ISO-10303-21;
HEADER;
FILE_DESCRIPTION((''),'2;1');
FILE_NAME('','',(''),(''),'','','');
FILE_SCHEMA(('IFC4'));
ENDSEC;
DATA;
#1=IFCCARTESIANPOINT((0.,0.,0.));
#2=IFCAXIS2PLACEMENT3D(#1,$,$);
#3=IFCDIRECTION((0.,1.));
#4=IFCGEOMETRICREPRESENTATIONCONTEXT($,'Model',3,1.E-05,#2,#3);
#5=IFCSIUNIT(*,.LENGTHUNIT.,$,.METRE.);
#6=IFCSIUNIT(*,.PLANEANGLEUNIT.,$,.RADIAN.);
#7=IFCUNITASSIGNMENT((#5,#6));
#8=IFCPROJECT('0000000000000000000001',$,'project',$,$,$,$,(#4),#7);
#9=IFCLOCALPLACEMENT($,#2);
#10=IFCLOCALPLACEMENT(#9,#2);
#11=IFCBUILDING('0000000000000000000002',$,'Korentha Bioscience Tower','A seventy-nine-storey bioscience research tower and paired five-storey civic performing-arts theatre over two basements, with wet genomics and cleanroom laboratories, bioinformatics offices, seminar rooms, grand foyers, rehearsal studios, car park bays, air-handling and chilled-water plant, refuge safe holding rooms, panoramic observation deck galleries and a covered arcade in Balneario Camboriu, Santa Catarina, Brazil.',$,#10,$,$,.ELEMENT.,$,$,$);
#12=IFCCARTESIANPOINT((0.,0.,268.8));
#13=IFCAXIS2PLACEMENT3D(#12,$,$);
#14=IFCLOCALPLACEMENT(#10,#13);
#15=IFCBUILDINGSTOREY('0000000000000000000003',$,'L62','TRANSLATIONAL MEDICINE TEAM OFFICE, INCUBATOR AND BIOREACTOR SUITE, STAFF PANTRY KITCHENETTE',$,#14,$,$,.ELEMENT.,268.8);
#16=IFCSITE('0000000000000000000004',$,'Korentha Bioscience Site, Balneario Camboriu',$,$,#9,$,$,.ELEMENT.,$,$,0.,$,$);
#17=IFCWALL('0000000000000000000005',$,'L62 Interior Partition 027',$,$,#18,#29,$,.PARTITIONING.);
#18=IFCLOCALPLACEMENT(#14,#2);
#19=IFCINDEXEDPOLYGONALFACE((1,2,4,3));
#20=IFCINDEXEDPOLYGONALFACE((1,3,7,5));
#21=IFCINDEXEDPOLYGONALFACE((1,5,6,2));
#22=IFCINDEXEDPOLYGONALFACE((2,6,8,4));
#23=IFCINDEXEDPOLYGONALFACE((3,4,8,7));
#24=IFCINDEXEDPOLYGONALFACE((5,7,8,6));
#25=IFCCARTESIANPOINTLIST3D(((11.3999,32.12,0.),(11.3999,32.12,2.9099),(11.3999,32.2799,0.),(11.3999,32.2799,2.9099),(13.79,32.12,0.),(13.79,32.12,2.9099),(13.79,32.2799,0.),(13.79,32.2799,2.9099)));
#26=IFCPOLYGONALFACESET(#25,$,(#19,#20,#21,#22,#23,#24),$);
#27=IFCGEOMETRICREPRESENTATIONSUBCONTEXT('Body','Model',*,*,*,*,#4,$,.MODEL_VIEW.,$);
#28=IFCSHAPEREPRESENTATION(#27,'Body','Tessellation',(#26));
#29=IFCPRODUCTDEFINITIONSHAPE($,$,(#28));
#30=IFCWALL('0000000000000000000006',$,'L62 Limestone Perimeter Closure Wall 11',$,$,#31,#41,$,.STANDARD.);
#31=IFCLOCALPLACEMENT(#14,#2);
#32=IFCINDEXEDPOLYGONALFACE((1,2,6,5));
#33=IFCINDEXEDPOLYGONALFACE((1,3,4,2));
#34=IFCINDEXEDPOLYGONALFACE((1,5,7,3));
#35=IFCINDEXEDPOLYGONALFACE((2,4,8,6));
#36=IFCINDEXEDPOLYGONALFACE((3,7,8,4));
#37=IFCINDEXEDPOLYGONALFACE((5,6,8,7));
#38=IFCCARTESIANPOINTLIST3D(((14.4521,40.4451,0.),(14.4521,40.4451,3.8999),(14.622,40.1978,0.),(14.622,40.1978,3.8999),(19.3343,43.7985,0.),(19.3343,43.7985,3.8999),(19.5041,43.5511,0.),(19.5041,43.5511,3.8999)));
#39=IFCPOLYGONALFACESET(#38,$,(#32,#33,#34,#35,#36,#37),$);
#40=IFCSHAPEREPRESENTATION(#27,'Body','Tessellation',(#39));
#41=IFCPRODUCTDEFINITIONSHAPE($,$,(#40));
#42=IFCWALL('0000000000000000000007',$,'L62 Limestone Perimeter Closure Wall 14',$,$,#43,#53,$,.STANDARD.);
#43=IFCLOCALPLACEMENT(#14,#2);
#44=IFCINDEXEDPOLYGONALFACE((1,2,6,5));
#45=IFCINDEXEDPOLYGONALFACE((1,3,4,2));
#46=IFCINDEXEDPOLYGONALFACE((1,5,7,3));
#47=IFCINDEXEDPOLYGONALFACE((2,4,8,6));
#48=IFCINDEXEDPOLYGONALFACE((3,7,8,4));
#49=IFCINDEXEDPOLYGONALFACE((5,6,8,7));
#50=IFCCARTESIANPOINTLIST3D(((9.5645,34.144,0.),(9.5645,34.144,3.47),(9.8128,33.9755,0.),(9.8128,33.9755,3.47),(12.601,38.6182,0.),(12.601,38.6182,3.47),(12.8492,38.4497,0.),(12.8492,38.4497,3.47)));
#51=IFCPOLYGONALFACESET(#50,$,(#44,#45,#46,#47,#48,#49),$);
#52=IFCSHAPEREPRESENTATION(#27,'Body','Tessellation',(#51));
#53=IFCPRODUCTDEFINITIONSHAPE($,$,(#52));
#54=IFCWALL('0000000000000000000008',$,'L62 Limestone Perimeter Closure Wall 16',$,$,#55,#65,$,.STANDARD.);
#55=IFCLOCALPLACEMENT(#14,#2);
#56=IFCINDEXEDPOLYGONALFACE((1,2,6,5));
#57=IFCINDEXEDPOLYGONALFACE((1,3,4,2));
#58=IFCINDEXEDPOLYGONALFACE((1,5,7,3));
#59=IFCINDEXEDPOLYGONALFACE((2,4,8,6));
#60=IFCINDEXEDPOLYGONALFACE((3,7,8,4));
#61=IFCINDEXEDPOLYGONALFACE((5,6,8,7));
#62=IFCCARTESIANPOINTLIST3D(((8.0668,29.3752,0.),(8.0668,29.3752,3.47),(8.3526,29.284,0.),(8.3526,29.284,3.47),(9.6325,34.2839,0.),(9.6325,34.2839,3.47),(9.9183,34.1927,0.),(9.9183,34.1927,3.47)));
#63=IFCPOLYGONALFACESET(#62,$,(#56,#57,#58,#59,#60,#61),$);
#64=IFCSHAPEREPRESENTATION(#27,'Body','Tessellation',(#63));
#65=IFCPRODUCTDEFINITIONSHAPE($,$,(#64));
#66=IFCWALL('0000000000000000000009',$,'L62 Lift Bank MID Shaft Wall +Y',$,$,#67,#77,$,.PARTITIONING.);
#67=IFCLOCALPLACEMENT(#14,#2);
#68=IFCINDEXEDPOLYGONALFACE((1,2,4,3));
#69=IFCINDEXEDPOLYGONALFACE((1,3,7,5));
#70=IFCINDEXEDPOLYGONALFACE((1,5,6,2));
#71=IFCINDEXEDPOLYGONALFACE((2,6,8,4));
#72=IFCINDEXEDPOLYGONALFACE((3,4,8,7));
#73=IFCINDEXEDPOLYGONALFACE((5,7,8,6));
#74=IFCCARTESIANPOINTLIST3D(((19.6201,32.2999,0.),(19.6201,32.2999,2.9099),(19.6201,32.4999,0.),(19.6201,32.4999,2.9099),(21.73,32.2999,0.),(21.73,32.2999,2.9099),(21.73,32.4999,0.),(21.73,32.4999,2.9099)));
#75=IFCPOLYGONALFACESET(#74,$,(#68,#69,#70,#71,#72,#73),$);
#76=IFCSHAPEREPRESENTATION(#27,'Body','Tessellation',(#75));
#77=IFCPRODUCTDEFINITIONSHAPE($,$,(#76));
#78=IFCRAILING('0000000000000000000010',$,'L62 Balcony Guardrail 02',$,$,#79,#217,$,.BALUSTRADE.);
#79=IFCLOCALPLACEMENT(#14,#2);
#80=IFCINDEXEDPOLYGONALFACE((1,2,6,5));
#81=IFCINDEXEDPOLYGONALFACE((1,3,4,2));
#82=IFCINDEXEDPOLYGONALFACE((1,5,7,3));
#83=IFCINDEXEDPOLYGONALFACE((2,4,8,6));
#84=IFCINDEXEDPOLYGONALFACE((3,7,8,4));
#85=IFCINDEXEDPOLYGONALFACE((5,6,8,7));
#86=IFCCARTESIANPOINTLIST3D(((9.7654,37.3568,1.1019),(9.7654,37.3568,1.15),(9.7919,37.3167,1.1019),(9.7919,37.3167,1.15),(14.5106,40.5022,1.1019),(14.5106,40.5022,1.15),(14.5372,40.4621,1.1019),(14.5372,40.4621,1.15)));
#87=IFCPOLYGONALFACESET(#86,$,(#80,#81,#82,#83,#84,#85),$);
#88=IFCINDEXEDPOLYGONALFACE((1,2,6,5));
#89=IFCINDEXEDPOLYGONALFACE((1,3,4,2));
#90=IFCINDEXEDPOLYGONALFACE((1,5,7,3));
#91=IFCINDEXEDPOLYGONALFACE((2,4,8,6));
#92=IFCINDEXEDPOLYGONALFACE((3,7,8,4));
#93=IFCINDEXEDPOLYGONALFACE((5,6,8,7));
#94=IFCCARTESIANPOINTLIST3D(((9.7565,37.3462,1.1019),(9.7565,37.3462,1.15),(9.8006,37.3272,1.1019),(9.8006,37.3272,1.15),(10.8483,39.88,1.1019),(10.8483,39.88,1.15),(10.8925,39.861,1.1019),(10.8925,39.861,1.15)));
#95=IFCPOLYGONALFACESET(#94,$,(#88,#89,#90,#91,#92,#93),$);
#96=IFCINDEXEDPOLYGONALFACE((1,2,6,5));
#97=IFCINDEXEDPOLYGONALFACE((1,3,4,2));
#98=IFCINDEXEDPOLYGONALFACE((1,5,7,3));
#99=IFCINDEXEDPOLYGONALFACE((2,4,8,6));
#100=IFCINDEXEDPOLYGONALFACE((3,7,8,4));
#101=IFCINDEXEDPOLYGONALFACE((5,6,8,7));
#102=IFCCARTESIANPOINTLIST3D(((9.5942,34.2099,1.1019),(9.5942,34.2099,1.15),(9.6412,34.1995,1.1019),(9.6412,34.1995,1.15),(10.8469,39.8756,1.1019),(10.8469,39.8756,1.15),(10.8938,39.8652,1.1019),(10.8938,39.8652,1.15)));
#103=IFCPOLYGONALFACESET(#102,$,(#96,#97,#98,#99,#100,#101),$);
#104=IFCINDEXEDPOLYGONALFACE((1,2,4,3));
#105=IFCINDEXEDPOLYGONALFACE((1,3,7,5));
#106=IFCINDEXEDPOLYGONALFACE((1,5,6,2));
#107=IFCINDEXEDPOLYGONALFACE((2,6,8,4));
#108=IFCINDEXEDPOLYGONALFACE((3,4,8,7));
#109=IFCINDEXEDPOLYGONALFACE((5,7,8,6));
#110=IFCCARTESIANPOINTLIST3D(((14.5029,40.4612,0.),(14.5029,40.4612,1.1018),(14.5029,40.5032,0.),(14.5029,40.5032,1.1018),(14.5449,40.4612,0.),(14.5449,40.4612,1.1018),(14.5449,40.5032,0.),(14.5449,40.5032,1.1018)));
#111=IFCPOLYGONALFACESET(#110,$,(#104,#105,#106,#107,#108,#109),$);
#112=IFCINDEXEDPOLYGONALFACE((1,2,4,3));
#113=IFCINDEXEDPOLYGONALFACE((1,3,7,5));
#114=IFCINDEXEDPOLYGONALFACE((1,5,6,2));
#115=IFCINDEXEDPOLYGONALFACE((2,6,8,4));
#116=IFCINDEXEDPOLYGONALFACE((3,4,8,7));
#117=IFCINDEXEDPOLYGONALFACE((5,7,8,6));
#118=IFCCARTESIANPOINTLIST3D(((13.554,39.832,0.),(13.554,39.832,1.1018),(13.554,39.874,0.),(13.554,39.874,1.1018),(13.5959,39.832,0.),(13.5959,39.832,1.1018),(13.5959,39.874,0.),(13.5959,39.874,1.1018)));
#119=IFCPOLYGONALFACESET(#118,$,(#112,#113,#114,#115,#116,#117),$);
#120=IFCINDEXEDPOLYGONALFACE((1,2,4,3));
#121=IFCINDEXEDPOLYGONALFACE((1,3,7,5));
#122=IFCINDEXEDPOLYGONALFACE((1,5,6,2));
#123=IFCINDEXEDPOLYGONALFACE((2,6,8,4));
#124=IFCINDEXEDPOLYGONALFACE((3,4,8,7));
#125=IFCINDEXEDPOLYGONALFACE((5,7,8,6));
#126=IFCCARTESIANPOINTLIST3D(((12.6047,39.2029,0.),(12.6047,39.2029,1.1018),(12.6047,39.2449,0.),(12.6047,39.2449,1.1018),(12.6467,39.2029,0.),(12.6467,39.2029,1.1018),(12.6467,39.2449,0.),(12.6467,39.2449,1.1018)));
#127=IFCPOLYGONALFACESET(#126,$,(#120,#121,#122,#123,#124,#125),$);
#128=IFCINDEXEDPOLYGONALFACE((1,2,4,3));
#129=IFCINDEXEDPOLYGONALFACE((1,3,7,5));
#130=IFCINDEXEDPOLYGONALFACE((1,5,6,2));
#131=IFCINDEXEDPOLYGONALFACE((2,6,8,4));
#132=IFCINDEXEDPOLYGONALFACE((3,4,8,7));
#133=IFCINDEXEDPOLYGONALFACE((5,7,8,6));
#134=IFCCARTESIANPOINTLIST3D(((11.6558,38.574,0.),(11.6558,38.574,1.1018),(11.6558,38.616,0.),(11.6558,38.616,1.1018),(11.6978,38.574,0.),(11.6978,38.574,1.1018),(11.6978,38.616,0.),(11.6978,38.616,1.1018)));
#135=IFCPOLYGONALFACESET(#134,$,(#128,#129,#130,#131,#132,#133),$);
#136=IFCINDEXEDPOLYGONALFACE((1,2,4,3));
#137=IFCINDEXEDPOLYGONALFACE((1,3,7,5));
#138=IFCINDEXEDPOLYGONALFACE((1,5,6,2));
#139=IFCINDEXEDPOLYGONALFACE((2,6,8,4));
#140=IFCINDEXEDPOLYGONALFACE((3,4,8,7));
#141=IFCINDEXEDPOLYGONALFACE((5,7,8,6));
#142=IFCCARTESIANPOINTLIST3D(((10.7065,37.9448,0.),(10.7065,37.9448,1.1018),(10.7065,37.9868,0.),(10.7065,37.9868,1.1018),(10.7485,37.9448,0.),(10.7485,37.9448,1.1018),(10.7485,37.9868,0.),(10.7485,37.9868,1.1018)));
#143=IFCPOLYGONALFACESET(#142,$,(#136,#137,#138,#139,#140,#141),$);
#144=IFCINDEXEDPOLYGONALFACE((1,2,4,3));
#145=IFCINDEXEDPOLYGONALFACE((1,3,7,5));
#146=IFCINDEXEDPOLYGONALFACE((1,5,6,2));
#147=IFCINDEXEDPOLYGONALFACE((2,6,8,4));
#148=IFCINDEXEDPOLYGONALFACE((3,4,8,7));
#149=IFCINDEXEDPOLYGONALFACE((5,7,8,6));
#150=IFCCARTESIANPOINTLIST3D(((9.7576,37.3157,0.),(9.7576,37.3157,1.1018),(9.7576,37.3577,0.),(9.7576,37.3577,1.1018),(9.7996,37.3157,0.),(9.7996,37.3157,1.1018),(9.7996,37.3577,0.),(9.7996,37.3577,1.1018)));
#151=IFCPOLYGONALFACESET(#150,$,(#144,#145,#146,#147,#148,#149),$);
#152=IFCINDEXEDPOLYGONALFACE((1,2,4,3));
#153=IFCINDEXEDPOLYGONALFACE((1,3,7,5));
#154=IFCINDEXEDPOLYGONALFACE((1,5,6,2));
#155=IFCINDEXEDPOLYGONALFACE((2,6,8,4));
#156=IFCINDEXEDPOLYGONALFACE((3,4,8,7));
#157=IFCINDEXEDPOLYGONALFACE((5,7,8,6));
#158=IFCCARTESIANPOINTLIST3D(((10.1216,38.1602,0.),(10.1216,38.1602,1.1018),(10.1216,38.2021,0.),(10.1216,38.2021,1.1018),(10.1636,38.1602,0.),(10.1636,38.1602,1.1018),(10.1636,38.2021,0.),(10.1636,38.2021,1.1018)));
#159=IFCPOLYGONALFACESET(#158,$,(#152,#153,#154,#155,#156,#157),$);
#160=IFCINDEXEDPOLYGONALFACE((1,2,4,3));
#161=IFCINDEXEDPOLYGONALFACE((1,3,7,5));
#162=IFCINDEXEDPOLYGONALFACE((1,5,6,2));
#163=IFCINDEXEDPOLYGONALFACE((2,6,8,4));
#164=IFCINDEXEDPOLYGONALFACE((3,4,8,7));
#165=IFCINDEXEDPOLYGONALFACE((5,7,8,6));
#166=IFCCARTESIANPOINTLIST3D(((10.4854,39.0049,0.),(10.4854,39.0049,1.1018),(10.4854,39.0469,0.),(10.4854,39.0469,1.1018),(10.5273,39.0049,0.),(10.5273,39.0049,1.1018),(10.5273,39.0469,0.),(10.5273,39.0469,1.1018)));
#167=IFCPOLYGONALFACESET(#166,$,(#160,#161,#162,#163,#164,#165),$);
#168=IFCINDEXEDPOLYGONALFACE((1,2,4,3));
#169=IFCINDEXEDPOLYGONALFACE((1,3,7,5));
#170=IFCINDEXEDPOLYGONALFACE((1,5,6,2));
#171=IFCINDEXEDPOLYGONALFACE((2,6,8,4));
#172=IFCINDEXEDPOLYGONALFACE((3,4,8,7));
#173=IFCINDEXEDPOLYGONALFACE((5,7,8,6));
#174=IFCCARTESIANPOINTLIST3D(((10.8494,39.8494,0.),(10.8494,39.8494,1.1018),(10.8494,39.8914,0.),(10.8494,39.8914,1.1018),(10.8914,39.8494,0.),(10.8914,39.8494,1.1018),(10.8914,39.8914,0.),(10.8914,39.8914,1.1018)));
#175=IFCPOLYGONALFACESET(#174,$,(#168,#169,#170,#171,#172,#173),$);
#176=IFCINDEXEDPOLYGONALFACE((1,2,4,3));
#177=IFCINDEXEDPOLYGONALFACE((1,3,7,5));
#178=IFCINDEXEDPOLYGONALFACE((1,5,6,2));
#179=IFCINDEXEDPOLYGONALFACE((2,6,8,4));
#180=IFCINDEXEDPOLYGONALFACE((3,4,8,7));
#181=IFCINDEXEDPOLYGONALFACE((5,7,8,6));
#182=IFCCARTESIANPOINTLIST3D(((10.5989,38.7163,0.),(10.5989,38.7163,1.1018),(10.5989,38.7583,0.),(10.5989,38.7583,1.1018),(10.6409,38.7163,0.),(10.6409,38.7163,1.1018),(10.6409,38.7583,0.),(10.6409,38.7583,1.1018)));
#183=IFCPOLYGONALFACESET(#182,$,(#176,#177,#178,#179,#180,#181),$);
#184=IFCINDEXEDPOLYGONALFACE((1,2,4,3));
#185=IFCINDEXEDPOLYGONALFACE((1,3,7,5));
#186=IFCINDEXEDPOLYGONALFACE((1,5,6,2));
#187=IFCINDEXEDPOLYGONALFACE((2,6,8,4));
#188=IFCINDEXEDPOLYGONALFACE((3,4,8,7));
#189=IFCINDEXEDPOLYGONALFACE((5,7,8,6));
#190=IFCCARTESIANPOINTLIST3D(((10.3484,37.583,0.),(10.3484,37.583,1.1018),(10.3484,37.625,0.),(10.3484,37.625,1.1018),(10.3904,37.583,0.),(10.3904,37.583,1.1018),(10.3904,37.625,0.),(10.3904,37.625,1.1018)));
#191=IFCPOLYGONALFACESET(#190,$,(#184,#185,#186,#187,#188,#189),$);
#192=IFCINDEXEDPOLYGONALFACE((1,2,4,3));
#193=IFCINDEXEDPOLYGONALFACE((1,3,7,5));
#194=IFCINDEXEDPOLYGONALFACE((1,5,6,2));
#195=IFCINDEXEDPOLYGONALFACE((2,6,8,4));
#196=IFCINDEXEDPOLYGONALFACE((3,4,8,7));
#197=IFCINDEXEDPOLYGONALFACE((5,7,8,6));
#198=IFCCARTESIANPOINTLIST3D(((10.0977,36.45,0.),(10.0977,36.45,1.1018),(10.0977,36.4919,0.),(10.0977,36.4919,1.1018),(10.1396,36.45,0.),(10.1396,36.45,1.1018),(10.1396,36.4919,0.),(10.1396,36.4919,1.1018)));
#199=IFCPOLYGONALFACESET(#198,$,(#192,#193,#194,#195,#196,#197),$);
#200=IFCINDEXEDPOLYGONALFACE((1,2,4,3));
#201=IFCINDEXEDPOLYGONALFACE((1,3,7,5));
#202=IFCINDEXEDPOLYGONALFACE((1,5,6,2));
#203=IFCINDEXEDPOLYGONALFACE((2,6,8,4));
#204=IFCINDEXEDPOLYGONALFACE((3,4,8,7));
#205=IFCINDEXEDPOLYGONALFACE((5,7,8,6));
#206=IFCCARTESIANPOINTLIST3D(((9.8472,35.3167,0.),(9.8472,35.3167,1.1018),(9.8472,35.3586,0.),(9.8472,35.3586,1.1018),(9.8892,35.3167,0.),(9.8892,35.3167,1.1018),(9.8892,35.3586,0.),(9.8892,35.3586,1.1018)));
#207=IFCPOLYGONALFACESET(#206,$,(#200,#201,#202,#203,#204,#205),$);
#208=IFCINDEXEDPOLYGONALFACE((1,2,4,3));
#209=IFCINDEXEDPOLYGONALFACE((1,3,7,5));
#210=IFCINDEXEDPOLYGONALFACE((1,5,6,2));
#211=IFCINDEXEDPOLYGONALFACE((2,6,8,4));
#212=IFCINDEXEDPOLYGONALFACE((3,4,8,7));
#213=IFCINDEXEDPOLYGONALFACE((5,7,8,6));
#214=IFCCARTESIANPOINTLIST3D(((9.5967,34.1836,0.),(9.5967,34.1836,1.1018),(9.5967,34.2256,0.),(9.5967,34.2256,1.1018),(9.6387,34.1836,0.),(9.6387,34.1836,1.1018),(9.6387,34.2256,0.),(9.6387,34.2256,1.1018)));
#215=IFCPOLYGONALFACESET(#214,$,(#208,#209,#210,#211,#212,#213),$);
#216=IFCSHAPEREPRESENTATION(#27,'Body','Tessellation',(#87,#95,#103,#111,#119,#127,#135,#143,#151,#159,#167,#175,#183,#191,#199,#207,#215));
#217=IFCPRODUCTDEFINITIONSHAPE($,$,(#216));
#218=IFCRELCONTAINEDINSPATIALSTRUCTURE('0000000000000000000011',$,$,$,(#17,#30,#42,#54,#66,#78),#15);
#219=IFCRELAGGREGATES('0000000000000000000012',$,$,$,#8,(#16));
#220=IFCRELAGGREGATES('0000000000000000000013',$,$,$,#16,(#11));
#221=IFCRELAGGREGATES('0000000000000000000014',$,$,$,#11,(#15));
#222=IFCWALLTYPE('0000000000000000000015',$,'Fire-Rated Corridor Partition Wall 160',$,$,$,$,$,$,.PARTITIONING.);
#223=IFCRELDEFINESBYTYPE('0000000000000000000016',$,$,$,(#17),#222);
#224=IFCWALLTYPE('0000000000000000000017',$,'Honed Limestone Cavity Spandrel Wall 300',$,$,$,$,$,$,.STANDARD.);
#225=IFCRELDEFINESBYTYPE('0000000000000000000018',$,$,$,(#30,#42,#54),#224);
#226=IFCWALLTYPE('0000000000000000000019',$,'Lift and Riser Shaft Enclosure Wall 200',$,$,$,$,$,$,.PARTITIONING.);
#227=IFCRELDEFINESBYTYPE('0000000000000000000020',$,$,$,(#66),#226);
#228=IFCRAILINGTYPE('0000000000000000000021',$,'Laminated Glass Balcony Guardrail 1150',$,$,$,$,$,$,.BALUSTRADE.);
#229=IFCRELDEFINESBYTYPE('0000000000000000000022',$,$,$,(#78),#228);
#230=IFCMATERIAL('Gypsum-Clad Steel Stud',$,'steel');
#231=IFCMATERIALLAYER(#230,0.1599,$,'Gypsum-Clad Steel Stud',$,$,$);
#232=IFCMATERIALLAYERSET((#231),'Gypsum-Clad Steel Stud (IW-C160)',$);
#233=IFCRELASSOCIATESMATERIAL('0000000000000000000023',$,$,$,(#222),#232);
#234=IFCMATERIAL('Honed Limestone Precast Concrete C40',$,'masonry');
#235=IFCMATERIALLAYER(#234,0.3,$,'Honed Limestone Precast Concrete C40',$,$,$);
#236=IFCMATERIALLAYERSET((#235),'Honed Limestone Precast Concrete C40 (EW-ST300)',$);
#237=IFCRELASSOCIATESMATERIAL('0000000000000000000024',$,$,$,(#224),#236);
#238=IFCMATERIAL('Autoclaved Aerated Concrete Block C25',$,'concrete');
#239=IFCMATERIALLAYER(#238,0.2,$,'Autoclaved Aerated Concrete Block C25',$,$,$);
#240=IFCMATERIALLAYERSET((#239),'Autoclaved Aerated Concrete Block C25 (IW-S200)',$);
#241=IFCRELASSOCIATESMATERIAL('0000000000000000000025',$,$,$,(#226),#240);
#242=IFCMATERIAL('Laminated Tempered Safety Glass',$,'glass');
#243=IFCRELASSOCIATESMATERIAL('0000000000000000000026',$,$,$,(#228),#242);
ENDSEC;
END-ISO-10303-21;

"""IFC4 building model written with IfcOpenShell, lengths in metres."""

from ifc_helpers import new_model, si_unit, direction, frame, frame_2d, origin, origin_2d, place, context, subcontext, project, spatial, rectangle, extrude, material, layer, layer_set, type_object, element, save


model = new_model("IFC4")

# Units and contexts
model_context = context("Model", 3, precision=1e-05, world=origin(), true_north=direction((0.0, 1.0)))
body_context = subcontext(model_context, "Body", "Model", "MODEL_VIEW")
ifc_project = project(units=[si_unit("LENGTHUNIT", "METRE"), si_unit("PLANEANGLEUNIT", "RADIAN")], contexts=[model_context])

# Site, building, storey
site_placement = place(None, origin())
site = spatial("IfcSite", under=ifc_project, at=site_placement, Name="Korentha Bioscience Site, Balneario Camboriu", CompositionType="ELEMENT", RefElevation=0.0)
building_placement = place(site_placement, origin())
building = spatial("IfcBuilding", under=site, at=building_placement, Name="Korentha Bioscience Tower", Description="A seventy-nine-storey bioscience research tower and paired five-storey civic performing-arts theatre over two basements, with wet genomics and cleanroom laboratories, bioinformatics offices, seminar rooms, grand foyers, rehearsal studios, car park bays, air-handling and chilled-water plant, refuge safe holding rooms, panoramic observation deck galleries and a covered arcade in Balneario Camboriu, Santa Catarina, Brazil.", CompositionType="ELEMENT")
storey_placement = place(building_placement, frame((0.0, 0.0, 268.8)))
storey = spatial("IfcBuildingStorey", under=building, at=storey_placement, Name="L62", Description="TRANSLATIONAL MEDICINE TEAM OFFICE, INCUBATOR AND BIOREACTOR SUITE, STAFF PANTRY KITCHENETTE", CompositionType="ELEMENT", Elevation=268.8)

# Wall
ifc_material_1 = material(Name="Gypsum-Clad Steel Stud", Category="steel")
ifc_layer_1 = layer(ifc_material_1, 0.1599, Name="Gypsum-Clad Steel Stud")
ifc_layer_set_1 = layer_set([ifc_layer_1], Name="Gypsum-Clad Steel Stud (IW-C160)")
wall_type_1 = type_object("IfcWallType", Name="Fire-Rated Corridor Partition Wall 160", PredefinedType="PARTITIONING", material=ifc_layer_set_1)
wall_1_placement = place(storey_placement, frame((11.3999, 32.2, 0.0), z_axis=(0.0, 0.0, 1.0), x_axis=(1.0, 0.0, 0.0)))
element("IfcWall", 1, at=wall_1_placement, inside=storey, type_object=wall_type_1, Name="L62 Interior Partition 027", PredefinedType="PARTITIONING", context=body_context, shape_type="SweptSolid", body=[
    extrude(rectangle(XDim=2.3901, YDim=0.1599, at=frame_2d((1.1951, 0.0))), origin(), (0.0, 0.0, 1.0), 2.9099),
])

# Shared definitions
ifc_material_2 = material(Name="Honed Limestone Precast Concrete C40", Category="masonry")
ifc_layer_2 = layer(ifc_material_2, 0.3, Name="Honed Limestone Precast Concrete C40")
ifc_layer_set_2 = layer_set([ifc_layer_2], Name="Honed Limestone Precast Concrete C40 (EW-ST300)")
wall_type_2 = type_object("IfcWallType", Name="Honed Limestone Cavity Spandrel Wall 300", PredefinedType="STANDARD", material=ifc_layer_set_2)

# Walls
wall_2_placement = place(storey_placement, frame((19.4192, 43.6748, 0.0), z_axis=(0.0, 0.0, 1.0), x_axis=(-0.824291, -0.566167, 0.0)))
element("IfcWall", 2, at=wall_2_placement, inside=storey, type_object=wall_type_2, Name="L62 Limestone Perimeter Closure Wall 11", PredefinedType="STANDARD", context=body_context, shape_type="SweptSolid", body=[
    extrude(rectangle(XDim=5.9229, YDim=0.3, at=frame_2d((2.9614, 0.0))), origin(), (0.0, 0.0, 1.0), 3.8999),
])
wall_3_placement = place(storey_placement, frame((12.7251, 38.5339, 0.0), z_axis=(0.0, 0.0, 1.0), x_axis=(-0.561548, -0.827444, 0.0)))
element("IfcWall", 3, at=wall_3_placement, inside=storey, type_object=wall_type_2, Name="L62 Limestone Perimeter Closure Wall 14", PredefinedType="STANDARD", context=body_context, shape_type="SweptSolid", body=[
    extrude(rectangle(XDim=5.4072, YDim=0.3, at=frame_2d((2.7036, 0.0))), origin(), (0.0, 0.0, 1.0), 3.47),
])
wall_4_placement = place(storey_placement, frame((9.7754, 34.2383, 0.0), z_axis=(0.0, 0.0, 1.0), x_axis=(-0.303876, -0.952711, 0.0)))
element("IfcWall", 4, at=wall_4_placement, inside=storey, type_object=wall_type_2, Name="L62 Limestone Perimeter Closure Wall 16", PredefinedType="STANDARD", context=body_context, shape_type="SweptSolid", body=[
    extrude(rectangle(XDim=5.1523, YDim=0.3, at=frame_2d((2.5762, 0.0))), origin(), (0.0, 0.0, 1.0), 3.47),
])
ifc_material_3 = material(Name="Autoclaved Aerated Concrete Block C25", Category="concrete")
ifc_layer_3 = layer(ifc_material_3, 0.2, Name="Autoclaved Aerated Concrete Block C25")
ifc_layer_set_3 = layer_set([ifc_layer_3], Name="Autoclaved Aerated Concrete Block C25 (IW-S200)")
wall_type_3 = type_object("IfcWallType", Name="Lift and Riser Shaft Enclosure Wall 200", PredefinedType="PARTITIONING", material=ifc_layer_set_3)
wall_5_placement = place(storey_placement, frame((19.6201, 32.3999, 0.0), z_axis=(0.0, 0.0, 1.0), x_axis=(1.0, 0.0, 0.0)))
element("IfcWall", 5, at=wall_5_placement, inside=storey, type_object=wall_type_3, Name="L62 Lift Bank MID Shaft Wall +Y", PredefinedType="PARTITIONING", context=body_context, shape_type="SweptSolid", body=[
    extrude(rectangle(XDim=2.1099, YDim=0.2, at=frame_2d((1.0549, 0.0))), origin(), (0.0, 0.0, 1.0), 2.9099),
])

# Railing
ifc_material_4 = material(Name="Laminated Tempered Safety Glass", Category="glass")
railing_type = type_object("IfcRailingType", Name="Laminated Glass Balcony Guardrail 1150", PredefinedType="BALUSTRADE", material=ifc_material_4)
railing_placement = place(storey_placement, frame((14.5239, 40.4822, 0.0)))
element("IfcRailing", 6, at=railing_placement, inside=storey, type_object=railing_type, Name="L62 Balcony Guardrail 02", PredefinedType="BALUSTRADE", context=body_context, shape_type="SweptSolid", body=[
    extrude(rectangle(XDim=0.0481, YDim=0.0481, at=origin_2d()), frame((0.0, 0.0, 1.126), z_axis=(-0.833512, -0.552501, 0.0), x_axis=(0.552501, -0.833512, 0.0)), (0.0, 0.0, 1.0), 5.6931),
    extrude(rectangle(XDim=0.0481, YDim=0.0481, at=origin_2d()), frame((-4.7454, -3.1455, 1.126), z_axis=(0.395734, 0.918365, 0.0), x_axis=(-0.918365, 0.395734, 0.0)), (0.0, 0.0, 1.0), 2.759),
    extrude(rectangle(XDim=0.0481, YDim=0.0481, at=origin_2d()), frame((-3.6536, -0.6118, 1.126), z_axis=(-0.215883, -0.976419, 0.0), x_axis=(0.976419, -0.215883, 0.0)), (0.0, 0.0, 1.0), 5.8025),
    extrude(rectangle(XDim=0.042, YDim=0.042, at=origin_2d()), origin(), (0.0, 0.0, 1.0), 1.1018),
    extrude(rectangle(XDim=0.042, YDim=0.042, at=origin_2d()), frame((-0.949, -0.6292, 0.0)), (0.0, 0.0, 1.0), 1.1018),
    extrude(rectangle(XDim=0.042, YDim=0.042, at=origin_2d()), frame((-1.8982, -1.2583, 0.0)), (0.0, 0.0, 1.0), 1.1018),
    extrude(rectangle(XDim=0.042, YDim=0.042, at=origin_2d()), frame((-2.8472, -1.8872, 0.0)), (0.0, 0.0, 1.0), 1.1018),
    extrude(rectangle(XDim=0.042, YDim=0.042, at=origin_2d()), frame((-3.7964, -2.5164, 0.0)), (0.0, 0.0, 1.0), 1.1018),
    extrude(rectangle(XDim=0.042, YDim=0.042, at=origin_2d()), frame((-4.7454, -3.1455, 0.0)), (0.0, 0.0, 1.0), 1.1018),
    extrude(rectangle(XDim=0.042, YDim=0.042, at=origin_2d()), frame((-4.3813, -2.301, 0.0)), (0.0, 0.0, 1.0), 1.1018),
    extrude(rectangle(XDim=0.042, YDim=0.042, at=origin_2d()), frame((-4.0176, -1.4563, 0.0)), (0.0, 0.0, 1.0), 1.1018),
    extrude(rectangle(XDim=0.042, YDim=0.042, at=origin_2d()), frame((-3.6536, -0.6118, 0.0)), (0.0, 0.0, 1.0), 1.1018),
    extrude(rectangle(XDim=0.042, YDim=0.042, at=origin_2d()), frame((-3.9041, -1.7449, 0.0)), (0.0, 0.0, 1.0), 1.1018),
    extrude(rectangle(XDim=0.042, YDim=0.042, at=origin_2d()), frame((-4.1545, -2.8782, 0.0)), (0.0, 0.0, 1.0), 1.1018),
    extrude(rectangle(XDim=0.042, YDim=0.042, at=origin_2d()), frame((-4.4053, -4.0112, 0.0)), (0.0, 0.0, 1.0), 1.1018),
    extrude(rectangle(XDim=0.042, YDim=0.042, at=origin_2d()), frame((-4.6558, -5.1445, 0.0)), (0.0, 0.0, 1.0), 1.1018),
    extrude(rectangle(XDim=0.042, YDim=0.042, at=origin_2d()), frame((-4.9062, -6.2776, 0.0)), (0.0, 0.0, 1.0), 1.1018),
])

save(model, "model.ifc")
